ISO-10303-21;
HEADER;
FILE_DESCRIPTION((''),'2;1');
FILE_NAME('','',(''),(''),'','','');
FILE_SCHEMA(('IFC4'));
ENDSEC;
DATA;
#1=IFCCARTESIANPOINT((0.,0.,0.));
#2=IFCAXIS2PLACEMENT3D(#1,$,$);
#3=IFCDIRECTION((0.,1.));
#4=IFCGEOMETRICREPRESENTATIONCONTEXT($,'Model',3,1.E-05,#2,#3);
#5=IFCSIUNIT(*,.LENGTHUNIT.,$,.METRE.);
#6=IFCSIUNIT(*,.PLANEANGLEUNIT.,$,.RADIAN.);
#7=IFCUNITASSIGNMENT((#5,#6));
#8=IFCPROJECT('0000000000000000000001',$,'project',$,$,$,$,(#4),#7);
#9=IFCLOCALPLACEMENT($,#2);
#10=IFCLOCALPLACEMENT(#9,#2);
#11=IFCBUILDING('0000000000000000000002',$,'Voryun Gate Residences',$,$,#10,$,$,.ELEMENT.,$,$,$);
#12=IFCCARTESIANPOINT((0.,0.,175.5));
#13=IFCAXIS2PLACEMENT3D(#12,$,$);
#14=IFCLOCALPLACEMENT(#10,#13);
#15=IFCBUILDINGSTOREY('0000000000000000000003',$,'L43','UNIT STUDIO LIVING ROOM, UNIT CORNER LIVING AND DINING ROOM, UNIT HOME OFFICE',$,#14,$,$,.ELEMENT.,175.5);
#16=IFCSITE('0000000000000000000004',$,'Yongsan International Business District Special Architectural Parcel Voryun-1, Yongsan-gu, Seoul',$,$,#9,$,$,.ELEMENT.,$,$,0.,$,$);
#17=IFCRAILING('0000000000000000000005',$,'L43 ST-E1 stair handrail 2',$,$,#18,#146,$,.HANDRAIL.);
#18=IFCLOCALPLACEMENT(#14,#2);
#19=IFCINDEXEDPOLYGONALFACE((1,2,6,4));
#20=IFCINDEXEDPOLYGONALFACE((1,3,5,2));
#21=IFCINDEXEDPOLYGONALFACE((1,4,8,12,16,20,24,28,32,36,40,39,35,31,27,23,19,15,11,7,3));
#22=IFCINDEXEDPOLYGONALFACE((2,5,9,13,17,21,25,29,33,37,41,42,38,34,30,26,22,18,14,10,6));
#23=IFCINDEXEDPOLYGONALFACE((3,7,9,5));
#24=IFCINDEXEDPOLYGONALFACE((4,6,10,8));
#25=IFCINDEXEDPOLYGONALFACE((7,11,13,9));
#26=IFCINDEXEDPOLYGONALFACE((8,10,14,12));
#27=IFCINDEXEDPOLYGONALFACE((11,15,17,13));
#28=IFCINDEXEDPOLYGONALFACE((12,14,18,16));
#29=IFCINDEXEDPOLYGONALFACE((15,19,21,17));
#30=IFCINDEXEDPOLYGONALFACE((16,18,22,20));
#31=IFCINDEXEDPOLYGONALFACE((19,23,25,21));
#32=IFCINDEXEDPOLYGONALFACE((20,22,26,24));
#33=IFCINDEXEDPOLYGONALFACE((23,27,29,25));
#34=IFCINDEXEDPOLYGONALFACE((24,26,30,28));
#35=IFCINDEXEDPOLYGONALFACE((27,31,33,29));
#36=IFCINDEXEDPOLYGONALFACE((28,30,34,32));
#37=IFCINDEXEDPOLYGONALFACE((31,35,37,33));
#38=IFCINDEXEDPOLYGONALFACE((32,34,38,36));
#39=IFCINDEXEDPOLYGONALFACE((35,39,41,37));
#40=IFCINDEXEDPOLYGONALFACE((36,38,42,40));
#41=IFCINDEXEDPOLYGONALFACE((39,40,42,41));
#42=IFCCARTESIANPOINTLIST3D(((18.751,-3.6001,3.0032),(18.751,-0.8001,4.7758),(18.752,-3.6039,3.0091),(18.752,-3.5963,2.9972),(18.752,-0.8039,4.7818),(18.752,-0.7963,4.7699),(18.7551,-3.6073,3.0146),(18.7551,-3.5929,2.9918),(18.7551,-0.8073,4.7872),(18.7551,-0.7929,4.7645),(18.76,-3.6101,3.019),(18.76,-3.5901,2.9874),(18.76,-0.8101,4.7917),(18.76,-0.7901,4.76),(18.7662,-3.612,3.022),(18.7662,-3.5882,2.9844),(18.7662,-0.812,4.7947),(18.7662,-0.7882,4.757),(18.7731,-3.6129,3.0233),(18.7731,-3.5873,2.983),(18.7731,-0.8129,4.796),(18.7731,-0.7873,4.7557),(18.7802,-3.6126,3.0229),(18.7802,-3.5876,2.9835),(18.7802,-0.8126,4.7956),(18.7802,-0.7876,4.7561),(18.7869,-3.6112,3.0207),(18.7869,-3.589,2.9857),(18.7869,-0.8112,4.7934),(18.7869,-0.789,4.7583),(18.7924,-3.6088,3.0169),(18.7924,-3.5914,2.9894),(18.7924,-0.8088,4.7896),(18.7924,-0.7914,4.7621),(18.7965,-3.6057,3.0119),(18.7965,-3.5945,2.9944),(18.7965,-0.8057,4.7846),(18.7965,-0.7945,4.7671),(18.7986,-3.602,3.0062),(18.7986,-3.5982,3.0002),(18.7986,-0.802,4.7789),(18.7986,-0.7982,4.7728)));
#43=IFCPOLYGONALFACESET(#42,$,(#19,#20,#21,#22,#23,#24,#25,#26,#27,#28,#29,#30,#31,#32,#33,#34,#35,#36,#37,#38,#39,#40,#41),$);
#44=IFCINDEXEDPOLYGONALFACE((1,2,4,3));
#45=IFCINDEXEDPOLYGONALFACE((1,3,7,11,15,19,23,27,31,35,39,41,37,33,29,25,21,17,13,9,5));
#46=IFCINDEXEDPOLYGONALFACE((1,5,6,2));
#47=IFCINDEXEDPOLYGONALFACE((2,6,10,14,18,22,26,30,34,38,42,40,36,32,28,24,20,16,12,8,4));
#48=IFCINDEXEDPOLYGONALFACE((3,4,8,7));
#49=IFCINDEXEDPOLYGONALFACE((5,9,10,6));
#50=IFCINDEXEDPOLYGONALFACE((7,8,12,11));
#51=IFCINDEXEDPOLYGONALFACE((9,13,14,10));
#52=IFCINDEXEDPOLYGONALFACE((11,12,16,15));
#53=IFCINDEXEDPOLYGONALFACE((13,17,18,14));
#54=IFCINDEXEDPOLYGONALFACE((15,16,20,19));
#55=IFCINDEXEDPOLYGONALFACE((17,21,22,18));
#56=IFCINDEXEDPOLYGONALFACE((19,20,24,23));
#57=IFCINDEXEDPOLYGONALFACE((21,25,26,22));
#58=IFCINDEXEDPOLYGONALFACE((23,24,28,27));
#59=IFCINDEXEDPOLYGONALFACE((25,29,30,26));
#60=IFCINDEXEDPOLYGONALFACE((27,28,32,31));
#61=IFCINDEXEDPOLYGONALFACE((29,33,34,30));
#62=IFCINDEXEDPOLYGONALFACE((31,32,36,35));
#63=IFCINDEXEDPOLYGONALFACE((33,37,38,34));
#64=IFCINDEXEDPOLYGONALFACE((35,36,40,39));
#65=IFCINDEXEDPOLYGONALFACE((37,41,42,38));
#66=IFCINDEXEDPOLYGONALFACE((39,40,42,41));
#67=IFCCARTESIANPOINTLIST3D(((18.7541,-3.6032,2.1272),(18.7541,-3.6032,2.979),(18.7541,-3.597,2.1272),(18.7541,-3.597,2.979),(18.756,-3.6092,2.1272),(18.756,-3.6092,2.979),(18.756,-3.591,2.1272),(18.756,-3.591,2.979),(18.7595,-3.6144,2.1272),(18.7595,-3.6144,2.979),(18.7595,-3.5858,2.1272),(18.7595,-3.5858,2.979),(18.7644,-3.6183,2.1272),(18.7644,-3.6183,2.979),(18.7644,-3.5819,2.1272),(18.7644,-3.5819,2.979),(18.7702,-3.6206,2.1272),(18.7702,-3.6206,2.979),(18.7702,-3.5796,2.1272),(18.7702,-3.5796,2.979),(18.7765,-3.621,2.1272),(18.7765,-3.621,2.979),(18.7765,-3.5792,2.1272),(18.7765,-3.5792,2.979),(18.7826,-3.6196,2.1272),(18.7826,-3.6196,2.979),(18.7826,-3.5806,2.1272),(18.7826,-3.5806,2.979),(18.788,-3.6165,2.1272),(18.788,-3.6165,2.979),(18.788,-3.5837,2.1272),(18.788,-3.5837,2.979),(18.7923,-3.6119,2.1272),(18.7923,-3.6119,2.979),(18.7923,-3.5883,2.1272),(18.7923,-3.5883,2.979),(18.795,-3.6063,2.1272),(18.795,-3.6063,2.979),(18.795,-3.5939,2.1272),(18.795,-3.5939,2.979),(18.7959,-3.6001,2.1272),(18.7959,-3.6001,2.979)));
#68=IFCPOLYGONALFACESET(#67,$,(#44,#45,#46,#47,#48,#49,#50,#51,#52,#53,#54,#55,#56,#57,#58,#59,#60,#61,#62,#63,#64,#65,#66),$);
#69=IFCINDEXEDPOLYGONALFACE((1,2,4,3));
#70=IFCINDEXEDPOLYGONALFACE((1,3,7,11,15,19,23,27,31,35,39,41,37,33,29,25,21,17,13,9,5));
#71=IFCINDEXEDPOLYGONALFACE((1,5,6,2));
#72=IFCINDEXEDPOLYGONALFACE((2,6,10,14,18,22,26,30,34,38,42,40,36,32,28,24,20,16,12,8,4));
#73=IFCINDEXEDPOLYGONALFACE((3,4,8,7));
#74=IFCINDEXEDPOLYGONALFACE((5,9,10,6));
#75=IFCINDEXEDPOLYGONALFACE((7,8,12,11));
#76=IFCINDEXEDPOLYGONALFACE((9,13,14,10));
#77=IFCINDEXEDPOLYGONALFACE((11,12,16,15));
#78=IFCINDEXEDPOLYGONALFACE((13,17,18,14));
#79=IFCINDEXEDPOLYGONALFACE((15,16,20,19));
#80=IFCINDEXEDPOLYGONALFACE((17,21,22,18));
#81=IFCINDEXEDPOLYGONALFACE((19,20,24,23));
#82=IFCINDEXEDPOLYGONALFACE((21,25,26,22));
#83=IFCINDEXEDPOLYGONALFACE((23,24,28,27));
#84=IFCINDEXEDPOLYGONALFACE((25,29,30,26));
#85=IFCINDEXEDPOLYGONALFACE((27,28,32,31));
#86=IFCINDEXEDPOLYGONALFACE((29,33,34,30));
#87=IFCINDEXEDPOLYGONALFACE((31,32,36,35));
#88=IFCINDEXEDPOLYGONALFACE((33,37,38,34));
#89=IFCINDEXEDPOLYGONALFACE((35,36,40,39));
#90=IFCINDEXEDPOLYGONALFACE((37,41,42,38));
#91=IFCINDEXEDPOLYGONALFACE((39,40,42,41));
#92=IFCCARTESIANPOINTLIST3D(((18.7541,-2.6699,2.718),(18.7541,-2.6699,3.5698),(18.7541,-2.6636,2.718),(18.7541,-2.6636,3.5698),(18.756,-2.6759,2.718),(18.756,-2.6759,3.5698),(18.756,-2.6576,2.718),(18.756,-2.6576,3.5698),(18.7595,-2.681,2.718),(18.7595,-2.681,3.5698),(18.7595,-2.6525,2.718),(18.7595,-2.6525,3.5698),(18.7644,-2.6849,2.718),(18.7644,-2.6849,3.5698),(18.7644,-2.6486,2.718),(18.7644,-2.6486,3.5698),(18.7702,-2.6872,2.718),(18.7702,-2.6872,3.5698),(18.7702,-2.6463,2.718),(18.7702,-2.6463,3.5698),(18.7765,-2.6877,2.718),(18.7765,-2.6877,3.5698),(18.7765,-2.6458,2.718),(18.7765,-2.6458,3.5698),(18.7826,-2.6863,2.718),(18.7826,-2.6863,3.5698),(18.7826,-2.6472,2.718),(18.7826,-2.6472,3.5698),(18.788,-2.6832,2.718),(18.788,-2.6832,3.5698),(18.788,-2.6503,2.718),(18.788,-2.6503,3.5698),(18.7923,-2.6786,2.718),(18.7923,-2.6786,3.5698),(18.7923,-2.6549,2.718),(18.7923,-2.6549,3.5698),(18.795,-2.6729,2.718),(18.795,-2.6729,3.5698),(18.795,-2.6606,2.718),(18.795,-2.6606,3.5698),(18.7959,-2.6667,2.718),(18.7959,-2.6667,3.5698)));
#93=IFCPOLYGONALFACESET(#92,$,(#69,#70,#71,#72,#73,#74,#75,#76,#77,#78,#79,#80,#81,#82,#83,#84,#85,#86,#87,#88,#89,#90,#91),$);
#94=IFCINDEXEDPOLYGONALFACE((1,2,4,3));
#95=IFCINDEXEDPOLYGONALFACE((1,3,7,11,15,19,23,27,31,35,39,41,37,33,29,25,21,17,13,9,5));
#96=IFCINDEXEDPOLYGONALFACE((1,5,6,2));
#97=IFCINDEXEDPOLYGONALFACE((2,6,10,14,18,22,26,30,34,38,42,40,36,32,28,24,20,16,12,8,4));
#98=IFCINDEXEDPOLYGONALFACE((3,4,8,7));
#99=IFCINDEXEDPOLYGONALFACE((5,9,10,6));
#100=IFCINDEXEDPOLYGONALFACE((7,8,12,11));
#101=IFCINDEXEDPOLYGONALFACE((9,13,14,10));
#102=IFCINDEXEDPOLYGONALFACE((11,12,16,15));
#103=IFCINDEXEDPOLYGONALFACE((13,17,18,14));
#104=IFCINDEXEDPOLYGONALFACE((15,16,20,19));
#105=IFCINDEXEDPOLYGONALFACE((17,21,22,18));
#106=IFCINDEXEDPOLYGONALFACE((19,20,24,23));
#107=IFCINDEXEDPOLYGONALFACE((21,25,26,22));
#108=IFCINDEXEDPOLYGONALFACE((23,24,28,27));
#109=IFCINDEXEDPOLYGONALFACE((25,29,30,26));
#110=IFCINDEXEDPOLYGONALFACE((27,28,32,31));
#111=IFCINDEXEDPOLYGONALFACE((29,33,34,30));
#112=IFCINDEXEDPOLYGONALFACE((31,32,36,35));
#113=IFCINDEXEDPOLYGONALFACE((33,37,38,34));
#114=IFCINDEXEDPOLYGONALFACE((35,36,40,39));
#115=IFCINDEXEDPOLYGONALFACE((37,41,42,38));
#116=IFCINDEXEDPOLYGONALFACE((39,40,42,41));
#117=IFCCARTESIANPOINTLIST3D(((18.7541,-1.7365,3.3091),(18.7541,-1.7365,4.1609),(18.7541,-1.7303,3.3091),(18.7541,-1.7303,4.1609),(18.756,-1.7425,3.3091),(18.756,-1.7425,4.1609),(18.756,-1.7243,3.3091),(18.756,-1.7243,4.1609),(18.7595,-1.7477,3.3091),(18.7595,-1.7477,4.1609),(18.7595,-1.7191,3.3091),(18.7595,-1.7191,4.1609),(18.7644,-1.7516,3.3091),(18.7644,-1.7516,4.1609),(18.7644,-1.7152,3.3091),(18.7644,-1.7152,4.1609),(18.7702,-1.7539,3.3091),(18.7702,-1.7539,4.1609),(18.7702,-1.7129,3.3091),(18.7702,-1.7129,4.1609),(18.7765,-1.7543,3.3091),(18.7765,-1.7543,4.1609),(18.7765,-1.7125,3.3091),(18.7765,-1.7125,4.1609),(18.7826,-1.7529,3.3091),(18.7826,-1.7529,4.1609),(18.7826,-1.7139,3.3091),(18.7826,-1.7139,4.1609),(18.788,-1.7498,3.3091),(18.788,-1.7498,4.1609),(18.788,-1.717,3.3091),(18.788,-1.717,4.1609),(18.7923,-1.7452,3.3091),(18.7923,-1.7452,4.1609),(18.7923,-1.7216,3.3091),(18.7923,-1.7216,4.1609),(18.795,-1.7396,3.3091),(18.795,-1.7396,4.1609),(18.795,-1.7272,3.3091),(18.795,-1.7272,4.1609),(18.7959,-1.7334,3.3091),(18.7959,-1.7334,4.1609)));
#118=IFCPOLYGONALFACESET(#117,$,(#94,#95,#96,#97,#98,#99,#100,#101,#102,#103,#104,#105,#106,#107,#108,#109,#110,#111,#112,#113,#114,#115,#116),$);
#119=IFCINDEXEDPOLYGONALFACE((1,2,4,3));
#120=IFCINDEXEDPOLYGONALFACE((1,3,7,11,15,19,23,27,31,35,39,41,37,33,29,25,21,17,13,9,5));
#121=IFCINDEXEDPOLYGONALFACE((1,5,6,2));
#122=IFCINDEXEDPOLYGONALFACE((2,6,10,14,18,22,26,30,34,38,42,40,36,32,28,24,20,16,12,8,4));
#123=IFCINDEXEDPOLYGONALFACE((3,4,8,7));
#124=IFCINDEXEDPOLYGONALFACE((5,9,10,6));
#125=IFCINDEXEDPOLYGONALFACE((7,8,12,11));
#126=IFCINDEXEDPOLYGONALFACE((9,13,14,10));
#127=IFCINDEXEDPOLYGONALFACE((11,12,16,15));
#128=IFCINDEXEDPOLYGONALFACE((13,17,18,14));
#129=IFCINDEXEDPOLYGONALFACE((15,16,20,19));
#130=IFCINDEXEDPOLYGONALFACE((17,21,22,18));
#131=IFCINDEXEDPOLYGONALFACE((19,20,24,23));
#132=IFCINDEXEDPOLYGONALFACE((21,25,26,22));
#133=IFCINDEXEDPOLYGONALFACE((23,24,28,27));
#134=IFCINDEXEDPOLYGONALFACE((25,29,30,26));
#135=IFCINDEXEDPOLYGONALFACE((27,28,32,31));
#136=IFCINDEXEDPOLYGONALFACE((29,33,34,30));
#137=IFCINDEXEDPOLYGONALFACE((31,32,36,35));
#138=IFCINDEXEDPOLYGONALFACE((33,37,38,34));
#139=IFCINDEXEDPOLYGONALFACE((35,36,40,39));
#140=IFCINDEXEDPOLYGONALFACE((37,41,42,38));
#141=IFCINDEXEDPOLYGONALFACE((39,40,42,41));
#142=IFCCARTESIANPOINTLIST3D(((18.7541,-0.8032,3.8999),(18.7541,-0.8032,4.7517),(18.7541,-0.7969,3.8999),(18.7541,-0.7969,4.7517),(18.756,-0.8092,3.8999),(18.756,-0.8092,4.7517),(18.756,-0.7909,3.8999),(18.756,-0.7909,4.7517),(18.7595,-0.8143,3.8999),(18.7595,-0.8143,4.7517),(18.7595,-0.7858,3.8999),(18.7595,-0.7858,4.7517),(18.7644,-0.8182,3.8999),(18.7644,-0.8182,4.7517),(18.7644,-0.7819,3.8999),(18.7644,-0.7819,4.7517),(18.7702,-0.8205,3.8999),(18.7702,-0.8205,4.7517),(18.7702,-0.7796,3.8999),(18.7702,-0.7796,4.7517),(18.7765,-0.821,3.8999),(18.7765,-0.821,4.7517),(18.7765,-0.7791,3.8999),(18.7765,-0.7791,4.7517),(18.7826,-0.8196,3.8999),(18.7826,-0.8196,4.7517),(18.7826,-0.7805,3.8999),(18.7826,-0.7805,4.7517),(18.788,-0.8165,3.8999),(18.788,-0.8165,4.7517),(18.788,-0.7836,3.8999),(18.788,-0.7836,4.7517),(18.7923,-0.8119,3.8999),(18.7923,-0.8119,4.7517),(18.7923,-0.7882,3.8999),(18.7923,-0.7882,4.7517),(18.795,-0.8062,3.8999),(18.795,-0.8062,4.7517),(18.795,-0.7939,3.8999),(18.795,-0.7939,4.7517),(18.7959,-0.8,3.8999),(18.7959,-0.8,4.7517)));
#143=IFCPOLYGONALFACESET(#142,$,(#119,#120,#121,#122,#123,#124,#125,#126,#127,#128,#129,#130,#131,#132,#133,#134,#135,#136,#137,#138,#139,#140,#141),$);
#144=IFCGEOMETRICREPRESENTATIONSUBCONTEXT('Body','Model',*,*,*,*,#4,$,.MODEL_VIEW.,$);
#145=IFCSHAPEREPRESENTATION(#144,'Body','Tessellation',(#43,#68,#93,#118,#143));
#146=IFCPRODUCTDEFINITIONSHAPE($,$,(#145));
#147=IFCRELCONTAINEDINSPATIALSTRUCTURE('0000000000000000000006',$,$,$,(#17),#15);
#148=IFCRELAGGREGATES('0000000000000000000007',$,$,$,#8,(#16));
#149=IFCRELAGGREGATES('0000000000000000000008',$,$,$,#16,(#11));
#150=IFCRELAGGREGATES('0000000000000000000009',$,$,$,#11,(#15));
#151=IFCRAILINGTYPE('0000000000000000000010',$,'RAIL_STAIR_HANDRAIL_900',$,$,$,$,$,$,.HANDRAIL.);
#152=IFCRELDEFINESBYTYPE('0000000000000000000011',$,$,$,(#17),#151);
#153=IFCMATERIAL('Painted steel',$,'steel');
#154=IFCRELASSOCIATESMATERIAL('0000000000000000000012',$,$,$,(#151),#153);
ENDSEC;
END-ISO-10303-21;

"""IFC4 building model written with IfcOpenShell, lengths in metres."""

from ifc_helpers import new_model, si_unit, direction, frame, origin, origin_2d, place, context, subcontext, project, spatial, circle, extrude, material, type_object, element, save


model = new_model("IFC4")

# Units and contexts
model_context = context("Model", 3, precision=1e-05, world=origin(), true_north=direction((0.0, 1.0)))
body_context = subcontext(model_context, "Body", "Model", "MODEL_VIEW")
ifc_project = project(units=[si_unit("LENGTHUNIT", "METRE"), si_unit("PLANEANGLEUNIT", "RADIAN")], contexts=[model_context])

# Site, building, storey
site_placement = place(None, origin())
site = spatial("IfcSite", under=ifc_project, at=site_placement, Name="Yongsan International Business District Special Architectural Parcel Voryun-1, Yongsan-gu, Seoul", CompositionType="ELEMENT", RefElevation=0.0)
building_placement = place(site_placement, origin())
building = spatial("IfcBuilding", under=site, at=building_placement, Name="Voryun Gate Residences", CompositionType="ELEMENT")
storey_placement = place(building_placement, frame((0.0, 0.0, 175.5)))
storey = spatial("IfcBuildingStorey", under=building, at=storey_placement, Name="L43", Description="UNIT STUDIO LIVING ROOM, UNIT CORNER LIVING AND DINING ROOM, UNIT HOME OFFICE", CompositionType="ELEMENT", Elevation=175.5)

# Railing
ifc_material_1 = material(Name="Painted steel", Category="steel")
railing_type_1 = type_object("IfcRailingType", Name="RAIL_STAIR_HANDRAIL_900", PredefinedType="HANDRAIL", material=ifc_material_1)
railing_1_placement = place(storey_placement, frame((18.7749, -3.6001, 2.1272)))
element("IfcRailing", 1, at=railing_1_placement, inside=storey, type_object=railing_type_1, Name="L43 ST-E1 stair handrail 2", PredefinedType="HANDRAIL", context=body_context, shape_type="SweptSolid", body=[
    extrude(circle(Radius=0.0239, at=origin_2d()), frame((0.0, 0.0, 0.876), z_axis=(0.0, 0.844909, 0.53491), x_axis=(-1.0, 0.0, 0.0)), (0.0, 0.0, 1.0), 3.314),
    extrude(circle(Radius=0.021, at=origin_2d()), origin(), (0.0, 0.0, 1.0), 0.8518),
    extrude(circle(Radius=0.021, at=origin_2d()), frame((0.0, 0.9333, 0.5908)), (0.0, 0.0, 1.0), 0.8518),
    extrude(circle(Radius=0.021, at=origin_2d()), frame((0.0, 1.8667, 1.1819)), (0.0, 0.0, 1.0), 0.8518),
    extrude(circle(Radius=0.021, at=origin_2d()), frame((0.0, 2.8, 1.7727)), (0.0, 0.0, 1.0), 0.8518),
])

save(model, "model.ifc")
